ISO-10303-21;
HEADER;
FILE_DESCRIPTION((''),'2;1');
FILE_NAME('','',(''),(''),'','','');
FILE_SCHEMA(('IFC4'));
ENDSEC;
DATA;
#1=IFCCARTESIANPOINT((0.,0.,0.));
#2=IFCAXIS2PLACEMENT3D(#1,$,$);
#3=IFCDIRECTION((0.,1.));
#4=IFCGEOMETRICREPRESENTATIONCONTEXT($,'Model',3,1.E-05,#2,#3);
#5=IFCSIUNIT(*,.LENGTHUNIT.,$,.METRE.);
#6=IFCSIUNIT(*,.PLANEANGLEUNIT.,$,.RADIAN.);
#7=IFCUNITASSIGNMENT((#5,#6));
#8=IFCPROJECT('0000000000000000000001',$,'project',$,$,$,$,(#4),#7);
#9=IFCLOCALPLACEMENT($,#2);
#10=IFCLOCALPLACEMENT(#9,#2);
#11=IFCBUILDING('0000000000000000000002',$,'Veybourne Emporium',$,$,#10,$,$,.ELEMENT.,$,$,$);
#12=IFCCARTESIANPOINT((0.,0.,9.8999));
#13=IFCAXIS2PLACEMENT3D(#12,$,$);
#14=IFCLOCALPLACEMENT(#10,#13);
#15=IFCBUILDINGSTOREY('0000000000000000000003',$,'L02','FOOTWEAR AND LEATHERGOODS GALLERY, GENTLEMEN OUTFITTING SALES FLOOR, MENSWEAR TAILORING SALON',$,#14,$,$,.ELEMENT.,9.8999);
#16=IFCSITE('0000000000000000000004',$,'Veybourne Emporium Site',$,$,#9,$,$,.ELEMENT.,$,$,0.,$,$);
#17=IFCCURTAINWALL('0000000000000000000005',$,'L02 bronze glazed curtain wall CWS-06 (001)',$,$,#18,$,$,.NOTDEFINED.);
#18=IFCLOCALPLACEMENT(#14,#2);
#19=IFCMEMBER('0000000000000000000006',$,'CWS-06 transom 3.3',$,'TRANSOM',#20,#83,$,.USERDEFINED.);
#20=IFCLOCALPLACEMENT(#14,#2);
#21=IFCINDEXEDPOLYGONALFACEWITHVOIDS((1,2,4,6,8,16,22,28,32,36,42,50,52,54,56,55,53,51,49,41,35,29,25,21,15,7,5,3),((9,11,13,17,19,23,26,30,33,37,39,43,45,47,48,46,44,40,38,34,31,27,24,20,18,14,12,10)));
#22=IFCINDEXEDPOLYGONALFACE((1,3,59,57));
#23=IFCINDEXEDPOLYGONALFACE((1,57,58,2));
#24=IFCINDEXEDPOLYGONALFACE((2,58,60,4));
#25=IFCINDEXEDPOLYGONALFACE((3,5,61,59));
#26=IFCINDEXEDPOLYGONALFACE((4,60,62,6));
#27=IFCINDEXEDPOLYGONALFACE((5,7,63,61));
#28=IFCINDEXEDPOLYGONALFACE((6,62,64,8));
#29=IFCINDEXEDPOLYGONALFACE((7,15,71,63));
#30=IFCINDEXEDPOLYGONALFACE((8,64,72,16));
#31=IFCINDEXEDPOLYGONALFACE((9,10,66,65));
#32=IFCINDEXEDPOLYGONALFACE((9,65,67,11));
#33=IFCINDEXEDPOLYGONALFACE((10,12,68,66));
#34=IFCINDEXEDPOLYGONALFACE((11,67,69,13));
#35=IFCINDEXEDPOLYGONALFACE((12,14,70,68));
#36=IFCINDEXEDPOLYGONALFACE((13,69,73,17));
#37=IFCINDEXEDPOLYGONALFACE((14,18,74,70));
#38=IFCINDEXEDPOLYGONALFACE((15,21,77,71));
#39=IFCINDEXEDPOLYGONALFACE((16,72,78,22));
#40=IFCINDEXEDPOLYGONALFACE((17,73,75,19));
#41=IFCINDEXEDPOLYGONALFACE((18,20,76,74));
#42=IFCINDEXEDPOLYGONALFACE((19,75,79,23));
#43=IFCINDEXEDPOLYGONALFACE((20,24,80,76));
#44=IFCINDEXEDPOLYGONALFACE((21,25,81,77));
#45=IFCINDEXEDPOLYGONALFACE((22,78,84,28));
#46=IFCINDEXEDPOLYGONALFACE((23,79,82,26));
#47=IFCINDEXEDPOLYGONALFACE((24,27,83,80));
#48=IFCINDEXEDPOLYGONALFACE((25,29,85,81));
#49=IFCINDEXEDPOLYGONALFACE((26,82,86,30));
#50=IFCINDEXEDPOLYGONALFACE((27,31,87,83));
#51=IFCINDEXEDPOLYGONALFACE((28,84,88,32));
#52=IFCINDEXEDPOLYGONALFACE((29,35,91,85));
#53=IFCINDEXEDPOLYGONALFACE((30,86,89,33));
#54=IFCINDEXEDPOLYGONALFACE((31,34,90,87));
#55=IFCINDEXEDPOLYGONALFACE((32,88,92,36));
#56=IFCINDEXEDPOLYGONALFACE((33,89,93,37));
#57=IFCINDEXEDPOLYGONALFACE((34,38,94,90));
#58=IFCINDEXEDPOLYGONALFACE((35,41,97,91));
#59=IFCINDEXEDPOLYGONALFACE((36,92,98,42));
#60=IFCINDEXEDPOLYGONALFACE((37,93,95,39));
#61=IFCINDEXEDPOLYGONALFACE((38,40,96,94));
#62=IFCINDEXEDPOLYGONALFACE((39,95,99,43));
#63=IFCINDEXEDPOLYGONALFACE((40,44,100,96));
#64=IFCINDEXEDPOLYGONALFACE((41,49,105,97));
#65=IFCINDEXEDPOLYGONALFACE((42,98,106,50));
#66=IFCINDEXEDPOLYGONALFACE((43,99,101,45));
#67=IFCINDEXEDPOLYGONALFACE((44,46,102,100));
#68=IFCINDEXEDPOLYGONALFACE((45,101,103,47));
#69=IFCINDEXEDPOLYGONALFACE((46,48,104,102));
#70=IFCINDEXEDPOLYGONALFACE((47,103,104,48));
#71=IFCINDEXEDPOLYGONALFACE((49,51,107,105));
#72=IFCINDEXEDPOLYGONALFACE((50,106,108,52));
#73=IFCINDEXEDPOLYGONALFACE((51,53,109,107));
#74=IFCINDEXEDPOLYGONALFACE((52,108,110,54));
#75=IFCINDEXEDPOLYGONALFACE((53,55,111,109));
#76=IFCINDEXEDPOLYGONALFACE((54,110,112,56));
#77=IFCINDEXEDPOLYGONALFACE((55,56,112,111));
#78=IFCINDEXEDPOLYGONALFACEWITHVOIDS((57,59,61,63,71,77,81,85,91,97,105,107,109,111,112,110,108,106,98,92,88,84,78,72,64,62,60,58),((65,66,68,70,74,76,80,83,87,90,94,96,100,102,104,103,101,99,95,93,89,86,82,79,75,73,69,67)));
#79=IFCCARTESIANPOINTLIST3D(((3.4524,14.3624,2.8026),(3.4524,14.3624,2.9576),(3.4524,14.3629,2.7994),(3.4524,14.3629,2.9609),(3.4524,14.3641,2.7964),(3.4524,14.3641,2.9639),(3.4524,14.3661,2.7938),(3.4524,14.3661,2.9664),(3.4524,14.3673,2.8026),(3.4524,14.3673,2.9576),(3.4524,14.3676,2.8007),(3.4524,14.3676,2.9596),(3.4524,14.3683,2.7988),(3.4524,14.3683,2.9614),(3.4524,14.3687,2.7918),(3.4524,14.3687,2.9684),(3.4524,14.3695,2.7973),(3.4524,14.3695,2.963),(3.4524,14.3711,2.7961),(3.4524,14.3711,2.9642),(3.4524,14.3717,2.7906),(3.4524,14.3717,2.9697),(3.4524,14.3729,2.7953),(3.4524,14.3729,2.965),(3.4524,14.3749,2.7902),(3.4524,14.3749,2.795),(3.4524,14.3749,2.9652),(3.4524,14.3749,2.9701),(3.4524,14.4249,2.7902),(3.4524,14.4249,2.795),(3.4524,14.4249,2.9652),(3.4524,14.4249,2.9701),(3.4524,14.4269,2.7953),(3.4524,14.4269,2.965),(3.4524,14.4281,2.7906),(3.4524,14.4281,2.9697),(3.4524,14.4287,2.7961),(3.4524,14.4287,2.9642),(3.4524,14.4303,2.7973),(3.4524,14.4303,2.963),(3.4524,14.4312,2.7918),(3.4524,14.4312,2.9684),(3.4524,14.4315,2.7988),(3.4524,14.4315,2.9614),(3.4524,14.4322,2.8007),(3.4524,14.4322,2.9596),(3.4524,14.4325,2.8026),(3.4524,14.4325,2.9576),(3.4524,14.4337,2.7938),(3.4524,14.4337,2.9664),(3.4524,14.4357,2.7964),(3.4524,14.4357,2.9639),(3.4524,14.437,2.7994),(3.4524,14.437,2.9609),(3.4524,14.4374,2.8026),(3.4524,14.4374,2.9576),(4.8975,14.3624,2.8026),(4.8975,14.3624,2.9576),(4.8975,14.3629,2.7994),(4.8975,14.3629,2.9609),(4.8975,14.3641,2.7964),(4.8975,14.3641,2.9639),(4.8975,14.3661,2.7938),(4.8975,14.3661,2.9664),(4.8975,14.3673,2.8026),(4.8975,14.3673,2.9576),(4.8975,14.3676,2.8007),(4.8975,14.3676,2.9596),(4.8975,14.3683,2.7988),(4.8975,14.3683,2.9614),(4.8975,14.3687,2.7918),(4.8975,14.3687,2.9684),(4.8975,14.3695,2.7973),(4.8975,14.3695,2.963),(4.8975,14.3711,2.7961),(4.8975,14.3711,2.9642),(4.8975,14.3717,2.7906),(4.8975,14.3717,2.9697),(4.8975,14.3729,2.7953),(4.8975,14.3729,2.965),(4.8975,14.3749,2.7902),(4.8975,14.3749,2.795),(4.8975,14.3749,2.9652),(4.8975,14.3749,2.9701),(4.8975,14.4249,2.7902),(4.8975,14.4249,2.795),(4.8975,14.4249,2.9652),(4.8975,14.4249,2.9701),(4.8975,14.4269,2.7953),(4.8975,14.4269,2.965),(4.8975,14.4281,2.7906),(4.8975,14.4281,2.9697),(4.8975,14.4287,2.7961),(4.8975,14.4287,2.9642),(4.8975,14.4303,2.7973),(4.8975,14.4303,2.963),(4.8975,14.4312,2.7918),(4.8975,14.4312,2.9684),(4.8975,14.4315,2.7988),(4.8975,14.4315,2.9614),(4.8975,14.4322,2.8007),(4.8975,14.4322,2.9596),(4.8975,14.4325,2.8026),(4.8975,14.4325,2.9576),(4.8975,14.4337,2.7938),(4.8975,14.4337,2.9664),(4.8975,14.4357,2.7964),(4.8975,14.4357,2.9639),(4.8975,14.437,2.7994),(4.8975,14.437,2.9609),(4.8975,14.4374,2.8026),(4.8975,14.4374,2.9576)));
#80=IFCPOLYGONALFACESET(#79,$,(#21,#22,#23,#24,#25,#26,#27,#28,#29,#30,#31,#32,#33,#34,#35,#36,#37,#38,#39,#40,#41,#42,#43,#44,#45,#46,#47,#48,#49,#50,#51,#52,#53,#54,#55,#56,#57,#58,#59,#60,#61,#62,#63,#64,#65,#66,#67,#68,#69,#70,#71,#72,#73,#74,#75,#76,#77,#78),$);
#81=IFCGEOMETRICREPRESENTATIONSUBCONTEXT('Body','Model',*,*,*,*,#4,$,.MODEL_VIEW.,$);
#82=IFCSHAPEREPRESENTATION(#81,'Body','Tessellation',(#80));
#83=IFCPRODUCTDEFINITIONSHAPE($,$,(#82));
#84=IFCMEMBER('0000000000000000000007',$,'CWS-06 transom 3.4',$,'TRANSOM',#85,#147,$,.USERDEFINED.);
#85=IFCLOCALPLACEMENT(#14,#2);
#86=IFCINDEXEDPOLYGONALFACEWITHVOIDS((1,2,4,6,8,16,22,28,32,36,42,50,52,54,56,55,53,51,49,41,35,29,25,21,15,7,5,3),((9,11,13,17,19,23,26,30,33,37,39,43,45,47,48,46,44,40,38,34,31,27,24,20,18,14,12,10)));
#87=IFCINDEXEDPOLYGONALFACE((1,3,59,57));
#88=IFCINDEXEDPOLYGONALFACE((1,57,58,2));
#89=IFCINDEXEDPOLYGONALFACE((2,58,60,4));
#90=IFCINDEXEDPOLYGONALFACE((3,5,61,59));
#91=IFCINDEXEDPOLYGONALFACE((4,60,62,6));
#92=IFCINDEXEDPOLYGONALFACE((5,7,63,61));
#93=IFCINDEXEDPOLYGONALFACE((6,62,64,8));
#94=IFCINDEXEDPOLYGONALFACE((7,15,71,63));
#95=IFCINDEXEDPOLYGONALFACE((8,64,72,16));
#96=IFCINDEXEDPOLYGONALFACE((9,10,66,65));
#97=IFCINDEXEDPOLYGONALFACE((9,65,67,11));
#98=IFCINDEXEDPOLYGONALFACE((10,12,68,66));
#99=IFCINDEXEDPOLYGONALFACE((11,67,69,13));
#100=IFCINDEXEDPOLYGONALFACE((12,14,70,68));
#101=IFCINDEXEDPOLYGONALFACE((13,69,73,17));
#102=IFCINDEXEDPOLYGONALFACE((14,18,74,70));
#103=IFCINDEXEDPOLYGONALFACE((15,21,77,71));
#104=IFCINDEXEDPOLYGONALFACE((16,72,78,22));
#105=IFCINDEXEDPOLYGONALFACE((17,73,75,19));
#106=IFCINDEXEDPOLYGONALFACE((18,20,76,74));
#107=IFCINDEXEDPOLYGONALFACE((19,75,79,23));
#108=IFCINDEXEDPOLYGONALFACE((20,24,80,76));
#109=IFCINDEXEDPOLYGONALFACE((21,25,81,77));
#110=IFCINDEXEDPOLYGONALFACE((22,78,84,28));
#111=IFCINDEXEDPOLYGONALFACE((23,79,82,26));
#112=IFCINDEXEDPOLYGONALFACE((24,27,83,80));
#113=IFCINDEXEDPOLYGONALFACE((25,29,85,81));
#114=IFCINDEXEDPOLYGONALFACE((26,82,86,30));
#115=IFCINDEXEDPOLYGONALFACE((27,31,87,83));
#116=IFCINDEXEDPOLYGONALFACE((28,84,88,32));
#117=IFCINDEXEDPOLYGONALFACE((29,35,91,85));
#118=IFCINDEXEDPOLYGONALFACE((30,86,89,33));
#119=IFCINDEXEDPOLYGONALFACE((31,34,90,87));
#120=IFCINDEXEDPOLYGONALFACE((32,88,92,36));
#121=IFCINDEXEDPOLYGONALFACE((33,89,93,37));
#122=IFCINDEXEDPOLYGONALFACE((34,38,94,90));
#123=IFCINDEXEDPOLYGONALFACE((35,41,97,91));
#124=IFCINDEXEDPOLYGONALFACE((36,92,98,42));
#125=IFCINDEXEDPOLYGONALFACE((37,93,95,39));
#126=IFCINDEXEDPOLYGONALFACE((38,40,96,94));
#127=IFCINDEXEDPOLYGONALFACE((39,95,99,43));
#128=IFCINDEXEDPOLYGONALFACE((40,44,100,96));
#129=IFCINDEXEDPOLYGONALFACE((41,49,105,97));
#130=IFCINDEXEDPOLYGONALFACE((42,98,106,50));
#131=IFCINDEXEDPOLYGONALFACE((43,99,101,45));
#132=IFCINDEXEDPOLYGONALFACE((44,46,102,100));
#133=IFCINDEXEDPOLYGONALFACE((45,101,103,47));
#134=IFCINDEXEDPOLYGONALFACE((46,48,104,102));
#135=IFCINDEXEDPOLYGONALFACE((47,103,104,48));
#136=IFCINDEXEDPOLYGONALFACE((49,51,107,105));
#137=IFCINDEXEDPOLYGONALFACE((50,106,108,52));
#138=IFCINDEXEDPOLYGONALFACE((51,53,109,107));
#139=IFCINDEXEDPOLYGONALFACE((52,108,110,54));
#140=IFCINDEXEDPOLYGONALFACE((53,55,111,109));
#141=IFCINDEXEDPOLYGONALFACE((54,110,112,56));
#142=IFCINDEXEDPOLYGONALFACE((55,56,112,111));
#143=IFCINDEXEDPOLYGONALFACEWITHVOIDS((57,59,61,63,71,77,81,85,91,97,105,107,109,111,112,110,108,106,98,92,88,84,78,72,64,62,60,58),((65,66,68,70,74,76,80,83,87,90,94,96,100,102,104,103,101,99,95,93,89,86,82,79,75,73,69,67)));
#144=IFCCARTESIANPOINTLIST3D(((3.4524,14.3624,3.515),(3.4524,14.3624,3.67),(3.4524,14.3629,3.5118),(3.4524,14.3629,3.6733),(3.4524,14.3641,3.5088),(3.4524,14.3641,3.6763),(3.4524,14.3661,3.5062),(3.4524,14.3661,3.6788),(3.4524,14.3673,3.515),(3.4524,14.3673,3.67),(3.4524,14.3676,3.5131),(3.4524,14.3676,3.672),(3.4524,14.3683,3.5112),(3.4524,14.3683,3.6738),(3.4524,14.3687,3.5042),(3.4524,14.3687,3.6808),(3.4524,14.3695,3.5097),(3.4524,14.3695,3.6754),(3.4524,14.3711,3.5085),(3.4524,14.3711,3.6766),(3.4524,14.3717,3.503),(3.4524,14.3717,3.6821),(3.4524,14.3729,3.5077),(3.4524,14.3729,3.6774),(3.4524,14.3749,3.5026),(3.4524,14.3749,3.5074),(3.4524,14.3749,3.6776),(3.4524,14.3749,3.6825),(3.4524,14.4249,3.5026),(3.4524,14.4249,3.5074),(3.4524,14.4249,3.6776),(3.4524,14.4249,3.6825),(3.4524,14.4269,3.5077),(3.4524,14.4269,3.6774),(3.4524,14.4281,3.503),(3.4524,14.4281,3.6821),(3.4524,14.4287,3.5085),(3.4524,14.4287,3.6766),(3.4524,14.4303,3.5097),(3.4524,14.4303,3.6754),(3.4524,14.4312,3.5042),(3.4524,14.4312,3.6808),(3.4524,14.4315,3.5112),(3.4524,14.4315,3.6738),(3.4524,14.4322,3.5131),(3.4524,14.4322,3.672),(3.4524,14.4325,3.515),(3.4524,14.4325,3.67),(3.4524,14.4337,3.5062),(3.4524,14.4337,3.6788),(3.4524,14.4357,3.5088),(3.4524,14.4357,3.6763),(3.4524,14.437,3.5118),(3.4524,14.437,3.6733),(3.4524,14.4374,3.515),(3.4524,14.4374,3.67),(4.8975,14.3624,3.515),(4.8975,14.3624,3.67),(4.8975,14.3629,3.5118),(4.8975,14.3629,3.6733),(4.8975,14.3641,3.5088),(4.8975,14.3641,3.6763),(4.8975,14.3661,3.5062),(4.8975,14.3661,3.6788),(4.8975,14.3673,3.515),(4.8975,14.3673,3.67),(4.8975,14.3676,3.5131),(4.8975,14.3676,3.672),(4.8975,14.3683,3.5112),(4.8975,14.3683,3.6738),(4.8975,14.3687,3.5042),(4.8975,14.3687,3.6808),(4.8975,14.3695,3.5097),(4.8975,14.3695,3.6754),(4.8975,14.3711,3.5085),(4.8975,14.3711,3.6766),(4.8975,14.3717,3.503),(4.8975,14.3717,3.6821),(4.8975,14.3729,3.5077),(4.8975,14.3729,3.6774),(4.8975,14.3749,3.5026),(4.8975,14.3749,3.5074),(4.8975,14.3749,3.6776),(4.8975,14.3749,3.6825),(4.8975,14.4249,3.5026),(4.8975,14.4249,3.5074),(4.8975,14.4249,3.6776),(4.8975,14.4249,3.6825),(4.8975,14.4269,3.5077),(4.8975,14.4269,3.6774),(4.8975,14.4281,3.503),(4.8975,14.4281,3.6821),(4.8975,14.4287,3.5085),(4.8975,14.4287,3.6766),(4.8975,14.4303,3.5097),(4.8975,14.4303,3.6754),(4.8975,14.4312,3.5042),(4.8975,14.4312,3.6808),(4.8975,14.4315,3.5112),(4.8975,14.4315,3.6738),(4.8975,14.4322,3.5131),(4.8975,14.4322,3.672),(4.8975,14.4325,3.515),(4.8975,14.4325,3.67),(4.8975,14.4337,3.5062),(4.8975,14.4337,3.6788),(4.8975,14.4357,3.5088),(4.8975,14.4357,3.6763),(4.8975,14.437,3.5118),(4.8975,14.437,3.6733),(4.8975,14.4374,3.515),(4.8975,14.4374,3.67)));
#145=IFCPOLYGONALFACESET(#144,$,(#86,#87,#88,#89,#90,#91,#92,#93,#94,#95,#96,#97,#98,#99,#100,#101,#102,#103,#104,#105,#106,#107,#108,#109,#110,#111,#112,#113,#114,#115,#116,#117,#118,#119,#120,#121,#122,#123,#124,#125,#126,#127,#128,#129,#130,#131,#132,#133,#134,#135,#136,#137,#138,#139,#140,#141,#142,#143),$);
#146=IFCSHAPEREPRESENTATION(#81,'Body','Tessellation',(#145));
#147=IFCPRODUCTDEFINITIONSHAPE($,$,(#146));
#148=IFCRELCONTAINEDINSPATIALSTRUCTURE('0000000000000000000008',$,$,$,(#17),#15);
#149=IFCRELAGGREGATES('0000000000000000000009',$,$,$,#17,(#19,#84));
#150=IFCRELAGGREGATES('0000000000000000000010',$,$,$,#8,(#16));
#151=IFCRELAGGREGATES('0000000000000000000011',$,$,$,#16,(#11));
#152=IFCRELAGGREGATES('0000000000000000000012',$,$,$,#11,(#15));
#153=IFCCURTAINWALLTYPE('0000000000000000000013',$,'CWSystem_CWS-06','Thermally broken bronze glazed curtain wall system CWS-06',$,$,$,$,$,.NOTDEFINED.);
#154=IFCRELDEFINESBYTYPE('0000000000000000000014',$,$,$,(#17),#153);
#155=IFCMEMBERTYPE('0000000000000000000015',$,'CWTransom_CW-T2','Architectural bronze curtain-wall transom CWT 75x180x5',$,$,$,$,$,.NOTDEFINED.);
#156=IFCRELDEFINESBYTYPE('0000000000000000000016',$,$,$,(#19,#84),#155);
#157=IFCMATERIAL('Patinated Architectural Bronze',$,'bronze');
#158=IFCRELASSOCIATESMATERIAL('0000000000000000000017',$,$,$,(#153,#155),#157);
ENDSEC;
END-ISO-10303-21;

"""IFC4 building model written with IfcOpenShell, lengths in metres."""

from ifc_helpers import new_model, si_unit, direction, frame, origin, origin_2d, place, context, subcontext, project, spatial, hollow_rectangle, extrude, material, material_profile, profile_set, type_object, element, aggregate, save


model = new_model("IFC4")

# Units and contexts
model_context = context("Model", 3, precision=1e-05, world=origin(), true_north=direction((0.0, 1.0)))
body_context = subcontext(model_context, "Body", "Model", "MODEL_VIEW")
ifc_project = project(units=[si_unit("LENGTHUNIT", "METRE"), si_unit("PLANEANGLEUNIT", "RADIAN")], contexts=[model_context])

# Site, building, storey
site_placement = place(None, origin())
site = spatial("IfcSite", under=ifc_project, at=site_placement, Name="Veybourne Emporium Site", CompositionType="ELEMENT", RefElevation=0.0)
building_placement = place(site_placement, origin())
building = spatial("IfcBuilding", under=site, at=building_placement, Name="Veybourne Emporium", CompositionType="ELEMENT")
storey_placement = place(building_placement, frame((0.0, 0.0, 9.8999)))
storey = spatial("IfcBuildingStorey", under=building, at=storey_placement, Name="L02", Description="FOOTWEAR AND LEATHERGOODS GALLERY, GENTLEMEN OUTFITTING SALES FLOOR, MENSWEAR TAILORING SALON", CompositionType="ELEMENT", Elevation=9.8999)

# Curtain wall, members
ifc_material_1 = material(Name="Patinated Architectural Bronze", Category="bronze")
curtain_wall_type = type_object("IfcCurtainWallType", Name="CWSystem_CWS-06", Description="Thermally broken bronze glazed curtain wall system CWS-06", PredefinedType="NOTDEFINED", material=ifc_material_1)
curtain_wall_placement = place(storey_placement, origin())
curtain_wall = element("IfcCurtainWall", 1, at=curtain_wall_placement, inside=storey, type_object=curtain_wall_type, Name="L02 bronze glazed curtain wall CWS-06 (001)", PredefinedType="NOTDEFINED")
ifc_material_profile_1 = material_profile(ifc_material_1, hollow_rectangle(XDim=0.075, YDim=0.1799, WallThickness=0.0049, InnerFilletRadius=0.0076, OuterFilletRadius=0.0125, at=origin_2d()), Name="CWT 75x180x5")
ifc_profile_set_1 = profile_set([ifc_material_profile_1], Name="Patinated Architectural Bronze")
member_type_1 = type_object("IfcMemberType", Name="CWTransom_CW-T2", Description="Architectural bronze curtain-wall transom CWT 75x180x5", PredefinedType="NOTDEFINED", material=ifc_profile_set_1)
member_1_placement = place(storey_placement, frame((4.8975, 14.3999, 2.8801), z_axis=(-1.0, 0.0, 0.0), x_axis=(0.0, -1.0, 0.0)))
member_1 = element("IfcMember", 2, at=member_1_placement, type_object=member_type_1, Name="CWS-06 transom 3.3", ObjectType="TRANSOM", PredefinedType="USERDEFINED", context=body_context, shape_type="SweptSolid", body=[
    extrude(hollow_rectangle(XDim=0.075, YDim=0.1799, WallThickness=0.0049, InnerFilletRadius=0.0076, OuterFilletRadius=0.0125, at=origin_2d()), origin(), (0.0, 0.0, 1.0), 1.4451),
])
member_2_placement = place(storey_placement, frame((4.8975, 14.3999, 3.5925), z_axis=(-1.0, 0.0, 0.0), x_axis=(0.0, -1.0, 0.0)))
member_2 = element("IfcMember", 3, at=member_2_placement, type_object=member_type_1, Name="CWS-06 transom 3.4", ObjectType="TRANSOM", PredefinedType="USERDEFINED", context=body_context, shape_type="SweptSolid", body=[
    extrude(hollow_rectangle(XDim=0.075, YDim=0.1799, WallThickness=0.0049, InnerFilletRadius=0.0076, OuterFilletRadius=0.0125, at=origin_2d()), origin(), (0.0, 0.0, 1.0), 1.4451),
])

aggregate(curtain_wall, [member_1, member_2])

save(model, "model.ifc")
